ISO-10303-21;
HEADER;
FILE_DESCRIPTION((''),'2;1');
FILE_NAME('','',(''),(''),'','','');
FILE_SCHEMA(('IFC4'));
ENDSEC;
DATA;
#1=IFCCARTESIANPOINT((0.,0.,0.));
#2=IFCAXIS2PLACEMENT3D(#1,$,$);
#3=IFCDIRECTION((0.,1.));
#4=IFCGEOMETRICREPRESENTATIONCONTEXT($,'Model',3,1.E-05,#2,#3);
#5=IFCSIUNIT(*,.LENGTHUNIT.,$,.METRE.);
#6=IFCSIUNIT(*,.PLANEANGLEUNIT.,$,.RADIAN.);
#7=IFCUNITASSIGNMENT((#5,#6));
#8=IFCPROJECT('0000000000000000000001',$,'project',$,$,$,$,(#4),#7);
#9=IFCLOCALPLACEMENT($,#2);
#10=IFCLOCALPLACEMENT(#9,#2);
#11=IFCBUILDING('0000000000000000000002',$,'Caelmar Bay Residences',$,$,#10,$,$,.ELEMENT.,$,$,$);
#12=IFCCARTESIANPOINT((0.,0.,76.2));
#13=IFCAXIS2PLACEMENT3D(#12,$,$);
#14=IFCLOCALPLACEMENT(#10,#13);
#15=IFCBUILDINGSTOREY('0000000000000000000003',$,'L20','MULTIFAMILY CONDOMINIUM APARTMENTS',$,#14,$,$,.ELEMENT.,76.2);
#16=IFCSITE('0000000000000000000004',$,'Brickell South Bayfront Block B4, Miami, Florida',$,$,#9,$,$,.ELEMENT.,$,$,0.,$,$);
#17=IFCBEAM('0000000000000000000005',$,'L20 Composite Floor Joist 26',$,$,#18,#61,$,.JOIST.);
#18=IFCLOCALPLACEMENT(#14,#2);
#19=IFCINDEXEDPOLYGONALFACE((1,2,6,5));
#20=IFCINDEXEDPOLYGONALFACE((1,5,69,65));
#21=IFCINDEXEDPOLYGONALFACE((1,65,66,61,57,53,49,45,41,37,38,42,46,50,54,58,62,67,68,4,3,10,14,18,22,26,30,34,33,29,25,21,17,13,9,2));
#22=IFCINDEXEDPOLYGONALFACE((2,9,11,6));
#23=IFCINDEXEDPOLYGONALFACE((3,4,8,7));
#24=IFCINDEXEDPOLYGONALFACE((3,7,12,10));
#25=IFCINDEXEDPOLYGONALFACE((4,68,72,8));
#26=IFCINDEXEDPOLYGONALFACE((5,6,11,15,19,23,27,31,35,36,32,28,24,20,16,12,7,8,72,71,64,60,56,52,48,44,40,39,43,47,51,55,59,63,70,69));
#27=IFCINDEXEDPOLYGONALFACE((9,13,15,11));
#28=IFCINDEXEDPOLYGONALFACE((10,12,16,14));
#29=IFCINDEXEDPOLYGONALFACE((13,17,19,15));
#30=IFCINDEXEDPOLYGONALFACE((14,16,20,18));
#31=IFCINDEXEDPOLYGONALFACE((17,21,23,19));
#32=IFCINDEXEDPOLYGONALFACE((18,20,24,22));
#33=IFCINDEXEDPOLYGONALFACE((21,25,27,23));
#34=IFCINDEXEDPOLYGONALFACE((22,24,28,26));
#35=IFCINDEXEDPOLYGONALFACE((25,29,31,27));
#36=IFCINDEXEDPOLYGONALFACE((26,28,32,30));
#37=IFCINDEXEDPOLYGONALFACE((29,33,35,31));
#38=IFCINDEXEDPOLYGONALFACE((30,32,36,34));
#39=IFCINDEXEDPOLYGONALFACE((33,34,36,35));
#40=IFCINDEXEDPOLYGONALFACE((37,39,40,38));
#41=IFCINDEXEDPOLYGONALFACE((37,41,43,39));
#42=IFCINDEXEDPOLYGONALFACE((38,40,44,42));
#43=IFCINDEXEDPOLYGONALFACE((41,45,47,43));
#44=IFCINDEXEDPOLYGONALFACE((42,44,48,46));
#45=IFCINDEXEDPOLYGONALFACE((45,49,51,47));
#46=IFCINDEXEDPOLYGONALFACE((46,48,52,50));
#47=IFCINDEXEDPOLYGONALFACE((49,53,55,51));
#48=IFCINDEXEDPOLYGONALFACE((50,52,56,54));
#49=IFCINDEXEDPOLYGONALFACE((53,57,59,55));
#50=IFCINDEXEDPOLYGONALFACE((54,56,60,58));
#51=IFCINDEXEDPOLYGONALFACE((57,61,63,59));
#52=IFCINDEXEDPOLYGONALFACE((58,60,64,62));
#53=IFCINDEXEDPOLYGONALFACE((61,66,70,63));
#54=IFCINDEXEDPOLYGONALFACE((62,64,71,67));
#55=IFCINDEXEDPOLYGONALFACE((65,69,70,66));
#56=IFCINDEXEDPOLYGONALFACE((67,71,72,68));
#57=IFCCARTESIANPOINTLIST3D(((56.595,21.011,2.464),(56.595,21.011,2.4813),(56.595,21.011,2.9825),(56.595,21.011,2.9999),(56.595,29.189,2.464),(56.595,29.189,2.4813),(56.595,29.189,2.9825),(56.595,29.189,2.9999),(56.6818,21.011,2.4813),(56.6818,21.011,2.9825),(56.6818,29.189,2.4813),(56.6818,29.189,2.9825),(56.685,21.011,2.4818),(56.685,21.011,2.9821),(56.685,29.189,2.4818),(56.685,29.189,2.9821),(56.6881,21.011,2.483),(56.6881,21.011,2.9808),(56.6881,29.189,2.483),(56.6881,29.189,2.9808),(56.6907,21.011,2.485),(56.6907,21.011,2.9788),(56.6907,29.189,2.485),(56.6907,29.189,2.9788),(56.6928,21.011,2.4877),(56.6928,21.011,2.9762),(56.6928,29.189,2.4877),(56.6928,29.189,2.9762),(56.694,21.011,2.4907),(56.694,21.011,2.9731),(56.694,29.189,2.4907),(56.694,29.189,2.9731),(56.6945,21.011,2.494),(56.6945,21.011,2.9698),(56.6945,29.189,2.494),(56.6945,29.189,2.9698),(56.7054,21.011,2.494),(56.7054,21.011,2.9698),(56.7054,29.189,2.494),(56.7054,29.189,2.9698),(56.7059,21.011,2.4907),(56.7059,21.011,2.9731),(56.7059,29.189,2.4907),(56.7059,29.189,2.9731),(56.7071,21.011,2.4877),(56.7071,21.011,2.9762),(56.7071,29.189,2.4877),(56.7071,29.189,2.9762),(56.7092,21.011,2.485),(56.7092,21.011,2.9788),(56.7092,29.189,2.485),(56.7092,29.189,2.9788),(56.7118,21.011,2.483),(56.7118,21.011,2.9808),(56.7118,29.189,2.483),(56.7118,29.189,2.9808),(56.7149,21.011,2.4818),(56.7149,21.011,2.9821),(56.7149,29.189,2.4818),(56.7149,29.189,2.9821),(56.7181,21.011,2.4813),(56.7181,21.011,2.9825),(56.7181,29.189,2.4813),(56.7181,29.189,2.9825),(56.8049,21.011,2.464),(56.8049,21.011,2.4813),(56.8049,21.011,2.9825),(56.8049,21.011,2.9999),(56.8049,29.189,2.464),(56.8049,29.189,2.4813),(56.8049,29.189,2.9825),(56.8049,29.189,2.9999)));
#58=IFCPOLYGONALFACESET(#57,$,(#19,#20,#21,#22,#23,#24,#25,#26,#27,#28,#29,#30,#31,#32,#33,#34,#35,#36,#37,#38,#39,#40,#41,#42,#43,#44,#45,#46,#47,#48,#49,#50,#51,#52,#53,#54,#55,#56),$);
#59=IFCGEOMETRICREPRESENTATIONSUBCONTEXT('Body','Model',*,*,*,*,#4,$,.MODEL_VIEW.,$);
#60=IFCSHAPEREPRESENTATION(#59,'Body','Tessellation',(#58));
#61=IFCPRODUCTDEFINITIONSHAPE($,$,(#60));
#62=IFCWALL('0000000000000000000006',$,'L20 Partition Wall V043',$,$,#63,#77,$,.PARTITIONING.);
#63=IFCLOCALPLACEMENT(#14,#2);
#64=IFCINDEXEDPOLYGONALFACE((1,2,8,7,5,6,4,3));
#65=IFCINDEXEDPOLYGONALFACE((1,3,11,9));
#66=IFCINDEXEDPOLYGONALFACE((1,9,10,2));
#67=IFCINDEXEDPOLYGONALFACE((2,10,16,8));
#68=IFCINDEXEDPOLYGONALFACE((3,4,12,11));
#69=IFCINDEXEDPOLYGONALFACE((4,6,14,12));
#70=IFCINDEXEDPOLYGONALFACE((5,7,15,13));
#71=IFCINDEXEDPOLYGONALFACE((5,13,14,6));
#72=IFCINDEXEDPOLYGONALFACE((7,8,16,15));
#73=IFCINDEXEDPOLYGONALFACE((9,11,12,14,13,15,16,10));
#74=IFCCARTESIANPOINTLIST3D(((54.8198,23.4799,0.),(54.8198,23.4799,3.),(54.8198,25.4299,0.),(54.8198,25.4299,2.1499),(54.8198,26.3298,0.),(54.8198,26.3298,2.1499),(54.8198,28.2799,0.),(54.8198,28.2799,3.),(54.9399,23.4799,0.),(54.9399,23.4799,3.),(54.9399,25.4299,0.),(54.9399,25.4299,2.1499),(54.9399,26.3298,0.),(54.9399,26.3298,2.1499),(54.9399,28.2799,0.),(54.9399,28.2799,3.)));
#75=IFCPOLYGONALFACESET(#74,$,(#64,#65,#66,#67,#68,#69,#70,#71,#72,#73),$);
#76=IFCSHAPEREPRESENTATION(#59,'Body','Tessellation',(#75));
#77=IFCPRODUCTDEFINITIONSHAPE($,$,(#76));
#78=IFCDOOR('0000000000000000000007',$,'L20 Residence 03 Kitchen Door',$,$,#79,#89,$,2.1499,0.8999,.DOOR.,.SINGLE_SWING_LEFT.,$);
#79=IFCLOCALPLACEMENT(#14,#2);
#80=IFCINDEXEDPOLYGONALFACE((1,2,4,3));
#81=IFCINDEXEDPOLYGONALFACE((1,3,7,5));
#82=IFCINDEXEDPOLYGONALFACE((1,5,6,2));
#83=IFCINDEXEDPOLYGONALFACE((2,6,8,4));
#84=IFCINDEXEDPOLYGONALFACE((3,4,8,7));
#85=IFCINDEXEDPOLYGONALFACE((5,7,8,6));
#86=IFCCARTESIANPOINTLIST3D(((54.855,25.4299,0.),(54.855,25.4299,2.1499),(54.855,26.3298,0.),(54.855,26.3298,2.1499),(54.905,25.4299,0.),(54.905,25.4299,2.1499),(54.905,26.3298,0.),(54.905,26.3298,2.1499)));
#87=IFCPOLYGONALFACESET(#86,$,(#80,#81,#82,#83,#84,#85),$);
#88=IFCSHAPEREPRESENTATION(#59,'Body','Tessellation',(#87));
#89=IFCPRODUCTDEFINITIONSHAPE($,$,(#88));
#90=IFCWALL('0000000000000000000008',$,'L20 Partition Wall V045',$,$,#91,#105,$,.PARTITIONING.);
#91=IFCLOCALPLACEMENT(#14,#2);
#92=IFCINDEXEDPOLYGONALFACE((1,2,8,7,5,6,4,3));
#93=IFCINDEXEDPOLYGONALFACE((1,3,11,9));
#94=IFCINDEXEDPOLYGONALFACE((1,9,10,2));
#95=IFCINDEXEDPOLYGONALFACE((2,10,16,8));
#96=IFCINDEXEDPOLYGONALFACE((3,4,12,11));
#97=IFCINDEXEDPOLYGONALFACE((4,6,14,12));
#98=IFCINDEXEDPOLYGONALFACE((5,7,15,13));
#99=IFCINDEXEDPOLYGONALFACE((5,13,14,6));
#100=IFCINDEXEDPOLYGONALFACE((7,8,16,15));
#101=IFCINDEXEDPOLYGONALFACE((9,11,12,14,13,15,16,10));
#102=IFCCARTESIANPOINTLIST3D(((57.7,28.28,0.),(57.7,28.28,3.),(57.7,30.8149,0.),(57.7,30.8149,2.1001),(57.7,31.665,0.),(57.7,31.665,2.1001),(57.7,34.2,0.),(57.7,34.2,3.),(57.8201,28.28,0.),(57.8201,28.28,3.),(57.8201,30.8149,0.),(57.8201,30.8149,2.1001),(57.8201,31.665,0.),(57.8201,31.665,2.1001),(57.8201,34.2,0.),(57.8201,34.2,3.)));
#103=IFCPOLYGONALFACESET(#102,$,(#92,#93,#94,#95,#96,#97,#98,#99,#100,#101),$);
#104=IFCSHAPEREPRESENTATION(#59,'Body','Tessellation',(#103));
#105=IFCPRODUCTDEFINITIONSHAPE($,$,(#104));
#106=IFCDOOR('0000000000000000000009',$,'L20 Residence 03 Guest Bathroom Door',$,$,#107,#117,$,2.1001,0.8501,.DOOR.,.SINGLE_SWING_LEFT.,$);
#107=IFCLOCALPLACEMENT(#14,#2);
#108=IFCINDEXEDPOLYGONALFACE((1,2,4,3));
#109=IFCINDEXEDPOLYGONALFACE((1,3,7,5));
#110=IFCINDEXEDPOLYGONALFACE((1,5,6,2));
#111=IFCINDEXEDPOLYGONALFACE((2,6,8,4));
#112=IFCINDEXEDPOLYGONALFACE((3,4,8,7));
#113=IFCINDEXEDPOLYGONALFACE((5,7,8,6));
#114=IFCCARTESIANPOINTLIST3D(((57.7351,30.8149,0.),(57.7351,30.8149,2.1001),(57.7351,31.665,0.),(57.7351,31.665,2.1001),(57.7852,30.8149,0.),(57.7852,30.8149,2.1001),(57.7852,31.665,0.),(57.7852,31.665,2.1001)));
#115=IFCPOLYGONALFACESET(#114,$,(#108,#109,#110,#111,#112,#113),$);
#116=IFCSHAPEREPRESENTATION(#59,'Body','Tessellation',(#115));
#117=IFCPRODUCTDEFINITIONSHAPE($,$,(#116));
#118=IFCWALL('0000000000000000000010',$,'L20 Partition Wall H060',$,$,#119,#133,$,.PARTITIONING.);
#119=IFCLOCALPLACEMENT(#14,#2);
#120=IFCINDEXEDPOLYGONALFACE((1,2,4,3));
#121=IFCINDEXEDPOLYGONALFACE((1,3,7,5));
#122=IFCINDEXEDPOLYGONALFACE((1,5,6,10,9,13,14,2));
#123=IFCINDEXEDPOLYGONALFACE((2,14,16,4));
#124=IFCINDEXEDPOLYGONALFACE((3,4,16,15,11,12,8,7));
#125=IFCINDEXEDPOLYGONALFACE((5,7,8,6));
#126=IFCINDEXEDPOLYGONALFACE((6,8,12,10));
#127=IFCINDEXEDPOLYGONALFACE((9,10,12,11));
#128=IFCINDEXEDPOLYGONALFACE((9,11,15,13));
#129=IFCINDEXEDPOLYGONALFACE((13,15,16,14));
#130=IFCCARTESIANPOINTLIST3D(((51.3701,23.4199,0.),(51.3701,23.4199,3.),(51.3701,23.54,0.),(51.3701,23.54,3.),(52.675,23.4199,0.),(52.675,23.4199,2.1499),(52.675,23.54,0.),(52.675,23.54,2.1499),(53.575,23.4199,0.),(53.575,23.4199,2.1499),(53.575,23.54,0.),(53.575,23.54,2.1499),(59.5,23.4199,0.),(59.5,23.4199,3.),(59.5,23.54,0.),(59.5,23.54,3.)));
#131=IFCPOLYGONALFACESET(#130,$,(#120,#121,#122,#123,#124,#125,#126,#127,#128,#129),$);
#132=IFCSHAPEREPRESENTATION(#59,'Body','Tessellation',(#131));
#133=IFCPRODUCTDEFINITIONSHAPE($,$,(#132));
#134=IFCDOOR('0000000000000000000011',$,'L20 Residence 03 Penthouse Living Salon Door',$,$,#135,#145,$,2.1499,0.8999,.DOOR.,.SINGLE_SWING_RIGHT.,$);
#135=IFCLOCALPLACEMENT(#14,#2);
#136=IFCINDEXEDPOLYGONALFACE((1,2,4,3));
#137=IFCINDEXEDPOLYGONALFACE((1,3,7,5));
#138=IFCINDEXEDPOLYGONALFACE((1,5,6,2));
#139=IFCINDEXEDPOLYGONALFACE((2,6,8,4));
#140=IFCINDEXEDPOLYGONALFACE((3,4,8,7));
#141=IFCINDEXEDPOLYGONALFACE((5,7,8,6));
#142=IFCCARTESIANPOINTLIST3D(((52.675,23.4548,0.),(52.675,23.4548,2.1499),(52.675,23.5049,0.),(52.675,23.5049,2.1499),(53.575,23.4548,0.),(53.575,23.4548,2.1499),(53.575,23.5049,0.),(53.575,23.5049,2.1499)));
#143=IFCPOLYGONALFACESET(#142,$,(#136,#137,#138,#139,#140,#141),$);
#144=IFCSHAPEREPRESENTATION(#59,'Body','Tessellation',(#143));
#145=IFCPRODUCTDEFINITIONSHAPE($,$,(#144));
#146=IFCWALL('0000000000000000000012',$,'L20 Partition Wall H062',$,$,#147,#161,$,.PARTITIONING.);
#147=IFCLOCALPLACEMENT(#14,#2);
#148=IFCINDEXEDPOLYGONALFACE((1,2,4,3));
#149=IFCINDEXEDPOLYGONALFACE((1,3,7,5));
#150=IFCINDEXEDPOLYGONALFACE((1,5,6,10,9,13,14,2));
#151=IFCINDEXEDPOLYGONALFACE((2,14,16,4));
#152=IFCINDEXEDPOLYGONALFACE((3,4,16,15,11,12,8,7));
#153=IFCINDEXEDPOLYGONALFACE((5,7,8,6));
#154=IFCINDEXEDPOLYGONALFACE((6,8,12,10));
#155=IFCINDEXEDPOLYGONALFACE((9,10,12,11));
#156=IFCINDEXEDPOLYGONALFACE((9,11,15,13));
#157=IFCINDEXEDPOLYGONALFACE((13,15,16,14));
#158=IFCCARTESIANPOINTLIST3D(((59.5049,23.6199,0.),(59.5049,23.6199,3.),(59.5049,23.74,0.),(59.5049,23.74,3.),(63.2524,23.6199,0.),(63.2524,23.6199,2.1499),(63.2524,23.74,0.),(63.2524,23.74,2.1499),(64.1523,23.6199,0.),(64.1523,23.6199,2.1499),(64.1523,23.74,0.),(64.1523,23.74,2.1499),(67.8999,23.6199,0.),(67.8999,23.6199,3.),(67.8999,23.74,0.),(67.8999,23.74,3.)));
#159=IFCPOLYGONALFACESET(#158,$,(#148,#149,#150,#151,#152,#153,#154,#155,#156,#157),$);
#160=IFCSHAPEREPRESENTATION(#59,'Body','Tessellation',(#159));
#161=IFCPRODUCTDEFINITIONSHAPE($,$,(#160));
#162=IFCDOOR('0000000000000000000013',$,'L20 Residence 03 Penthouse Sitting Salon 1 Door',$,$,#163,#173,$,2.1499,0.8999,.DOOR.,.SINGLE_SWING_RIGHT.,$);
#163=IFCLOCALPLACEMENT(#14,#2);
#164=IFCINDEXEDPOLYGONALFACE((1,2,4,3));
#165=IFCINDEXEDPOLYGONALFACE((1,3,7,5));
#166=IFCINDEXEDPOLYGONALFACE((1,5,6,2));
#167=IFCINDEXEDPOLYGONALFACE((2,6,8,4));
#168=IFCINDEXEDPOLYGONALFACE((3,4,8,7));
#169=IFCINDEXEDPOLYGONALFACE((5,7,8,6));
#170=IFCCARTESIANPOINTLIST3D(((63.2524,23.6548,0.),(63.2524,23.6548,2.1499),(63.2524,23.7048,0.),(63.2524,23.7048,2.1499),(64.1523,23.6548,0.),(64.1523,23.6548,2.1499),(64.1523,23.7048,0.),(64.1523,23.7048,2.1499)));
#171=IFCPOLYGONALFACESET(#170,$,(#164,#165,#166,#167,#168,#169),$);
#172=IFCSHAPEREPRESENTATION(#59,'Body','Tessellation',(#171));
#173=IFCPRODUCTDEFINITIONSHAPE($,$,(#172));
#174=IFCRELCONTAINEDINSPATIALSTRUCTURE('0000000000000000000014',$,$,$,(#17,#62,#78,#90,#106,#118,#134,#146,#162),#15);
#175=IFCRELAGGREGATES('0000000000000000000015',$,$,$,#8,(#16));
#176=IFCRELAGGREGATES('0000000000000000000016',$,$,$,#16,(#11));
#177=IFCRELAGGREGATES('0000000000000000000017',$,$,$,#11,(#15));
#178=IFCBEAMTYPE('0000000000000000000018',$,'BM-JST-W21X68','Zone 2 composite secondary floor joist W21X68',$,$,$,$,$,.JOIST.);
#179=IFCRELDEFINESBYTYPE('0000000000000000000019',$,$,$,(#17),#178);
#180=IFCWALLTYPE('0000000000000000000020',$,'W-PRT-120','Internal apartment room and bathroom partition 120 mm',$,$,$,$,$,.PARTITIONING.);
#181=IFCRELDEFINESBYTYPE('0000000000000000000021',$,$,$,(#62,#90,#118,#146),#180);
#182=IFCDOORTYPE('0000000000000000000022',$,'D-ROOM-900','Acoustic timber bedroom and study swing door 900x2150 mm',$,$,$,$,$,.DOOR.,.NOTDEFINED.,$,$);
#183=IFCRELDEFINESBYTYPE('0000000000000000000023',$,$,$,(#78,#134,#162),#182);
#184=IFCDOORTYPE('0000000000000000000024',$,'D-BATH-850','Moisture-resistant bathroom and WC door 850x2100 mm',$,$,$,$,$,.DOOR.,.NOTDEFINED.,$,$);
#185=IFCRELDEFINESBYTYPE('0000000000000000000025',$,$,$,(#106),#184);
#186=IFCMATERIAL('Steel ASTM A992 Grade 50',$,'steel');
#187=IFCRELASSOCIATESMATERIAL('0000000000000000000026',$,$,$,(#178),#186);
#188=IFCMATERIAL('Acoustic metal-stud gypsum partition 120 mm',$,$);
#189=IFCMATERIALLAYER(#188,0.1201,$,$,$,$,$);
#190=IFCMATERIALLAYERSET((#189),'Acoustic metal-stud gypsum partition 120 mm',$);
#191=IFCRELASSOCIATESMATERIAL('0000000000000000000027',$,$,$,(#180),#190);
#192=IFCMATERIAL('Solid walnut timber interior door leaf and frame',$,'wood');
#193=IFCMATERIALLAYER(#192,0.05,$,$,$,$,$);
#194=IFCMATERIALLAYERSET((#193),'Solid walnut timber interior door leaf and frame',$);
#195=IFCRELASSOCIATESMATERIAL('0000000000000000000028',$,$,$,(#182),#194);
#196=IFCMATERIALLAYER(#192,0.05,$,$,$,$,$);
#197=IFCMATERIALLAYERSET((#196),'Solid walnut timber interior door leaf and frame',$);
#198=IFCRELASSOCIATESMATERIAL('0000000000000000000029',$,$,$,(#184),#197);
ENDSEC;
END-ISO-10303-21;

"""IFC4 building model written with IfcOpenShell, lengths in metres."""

from ifc_helpers import new_model, si_unit, direction, frame, frame_2d, origin, origin_2d, place, context, subcontext, project, spatial, rectangle, i_section, extrude, material, layer, layer_set, material_profile, profile_set, type_object, element, fill, save


model = new_model("IFC4")

# Units and contexts
model_context = context("Model", 3, precision=1e-05, world=origin(), true_north=direction((0.0, 1.0)))
body_context = subcontext(model_context, "Body", "Model", "MODEL_VIEW")
ifc_project = project(units=[si_unit("LENGTHUNIT", "METRE"), si_unit("PLANEANGLEUNIT", "RADIAN")], contexts=[model_context])

# Site, building, storey
site_placement = place(None, origin())
site = spatial("IfcSite", under=ifc_project, at=site_placement, Name="Brickell South Bayfront Block B4, Miami, Florida", CompositionType="ELEMENT", RefElevation=0.0)
building_placement = place(site_placement, origin())
building = spatial("IfcBuilding", under=site, at=building_placement, Name="Caelmar Bay Residences", CompositionType="ELEMENT")
storey_placement = place(building_placement, frame((0.0, 0.0, 76.2)))
storey = spatial("IfcBuildingStorey", under=building, at=storey_placement, Name="L20", Description="MULTIFAMILY CONDOMINIUM APARTMENTS", CompositionType="ELEMENT", Elevation=76.2)

# Beam
ifc_material_1 = material(Name="Steel ASTM A992 Grade 50", Category="steel")
ifc_material_profile_1 = material_profile(ifc_material_1, i_section(OverallWidth=0.21, OverallDepth=0.5359, WebThickness=0.011, FlangeThickness=0.0173, FilletRadius=0.0127, at=origin_2d()), Name="W21X68")
ifc_profile_set_1 = profile_set([ifc_material_profile_1], Name="Steel ASTM A992 Grade 50")
beam_type_1 = type_object("IfcBeamType", Name="BM-JST-W21X68", Description="Zone 2 composite secondary floor joist W21X68", PredefinedType="JOIST", material=ifc_profile_set_1)
beam_1_placement = place(storey_placement, frame((56.7, 21.011, 2.7319), z_axis=(0.0, 1.0, 0.0), x_axis=(-1.0, 0.0, 0.0)))
element("IfcBeam", 1, at=beam_1_placement, inside=storey, type_object=beam_type_1, Name="L20 Composite Floor Joist 26", PredefinedType="JOIST", context=body_context, shape_type="SweptSolid", body=[
    extrude(i_section(OverallWidth=0.21, OverallDepth=0.5359, WebThickness=0.011, FlangeThickness=0.0173, FilletRadius=0.0127, at=origin_2d()), origin(), (0.0, 0.0, 1.0), 8.178),
])

# Walls, openings, doors
ifc_material_2 = material(Name="Acoustic metal-stud gypsum partition 120 mm")
ifc_layer_1 = layer(ifc_material_2, 0.1201)
ifc_layer_set_1 = layer_set([ifc_layer_1], Name="Acoustic metal-stud gypsum partition 120 mm")
wall_type_1 = type_object("IfcWallType", Name="W-PRT-120", Description="Internal apartment room and bathroom partition 120 mm", PredefinedType="PARTITIONING", material=ifc_layer_set_1)
wall_1_placement = place(storey_placement, frame((54.8799, 23.48, 0.0), z_axis=(0.0, 0.0, 1.0), x_axis=(0.0, 1.0, 0.0)))
wall_1 = element("IfcWall", 2, at=wall_1_placement, inside=storey, type_object=wall_type_1, Name="L20 Partition Wall V043", PredefinedType="PARTITIONING", context=body_context, shape_type="SweptSolid", body=[
    extrude(rectangle(XDim=4.8, YDim=0.1201, at=frame_2d((2.3999, 0.0))), origin(), (0.0, 0.0, 1.0), 3.0),
])
opening_1_placement = place(wall_1_placement, frame((1.95, 0.0, 0.0)))
opening_1 = element("IfcOpeningElement", 3, at=opening_1_placement, cuts=wall_1, PredefinedType="OPENING", context=body_context, shape_type="SweptSolid", body=[
    extrude(rectangle(XDim=0.8999, YDim=2.1499, at=frame_2d((0.45, 1.075))), frame((0.0, 0.0701, 0.0), z_axis=(0.0, -1.0, 0.0), x_axis=(1.0, 0.0, 0.0)), (0.0, 0.0, 1.0), 0.1401),
])
ifc_material_3 = material(Name="Solid walnut timber interior door leaf and frame", Category="wood")
ifc_layer_2 = layer(ifc_material_3, 0.05)
ifc_layer_set_2 = layer_set([ifc_layer_2], Name="Solid walnut timber interior door leaf and frame")
door_type_1 = type_object("IfcDoorType", Name="D-ROOM-900", Description="Acoustic timber bedroom and study swing door 900x2150 mm", OperationType="NOTDEFINED", PredefinedType="DOOR", material=ifc_layer_set_2)
door_1_placement = place(opening_1_placement, origin())
door_1 = element("IfcDoor", 4, at=door_1_placement, inside=storey, type_object=door_type_1, Name="L20 Residence 03 Kitchen Door", OperationType="SINGLE_SWING_LEFT", OverallHeight=2.1499, OverallWidth=0.8999, PredefinedType="DOOR", context=body_context, shape_type="SweptSolid", body=[
    extrude(rectangle(XDim=0.8999, YDim=2.1499, at=frame_2d((0.45, 1.075))), frame((0.0, 0.0249, 0.0), z_axis=(0.0, -1.0, 0.0), x_axis=(1.0, 0.0, 0.0)), (0.0, 0.0, 1.0), 0.05),
])
fill(opening_1, door_1)
wall_2_placement = place(storey_placement, frame((57.76, 28.28, 0.0), z_axis=(0.0, 0.0, 1.0), x_axis=(0.0, 1.0, 0.0)))
wall_2 = element("IfcWall", 5, at=wall_2_placement, inside=storey, type_object=wall_type_1, Name="L20 Partition Wall V045", PredefinedType="PARTITIONING", context=body_context, shape_type="SweptSolid", body=[
    extrude(rectangle(XDim=5.9199, YDim=0.1201, at=frame_2d((2.96, 0.0))), origin(), (0.0, 0.0, 1.0), 3.0),
])
opening_2_placement = place(wall_2_placement, frame((2.5349, 0.0, 0.0)))
opening_2 = element("IfcOpeningElement", 6, at=opening_2_placement, cuts=wall_2, PredefinedType="OPENING", context=body_context, shape_type="SweptSolid", body=[
    extrude(rectangle(XDim=0.8501, YDim=2.1001, at=frame_2d((0.425, 1.05))), frame((0.0, 0.0701, 0.0), z_axis=(0.0, -1.0, 0.0), x_axis=(1.0, 0.0, 0.0)), (0.0, 0.0, 1.0), 0.1401),
])
ifc_layer_3 = layer(ifc_material_3, 0.05)
ifc_layer_set_3 = layer_set([ifc_layer_3], Name="Solid walnut timber interior door leaf and frame")
door_type_2 = type_object("IfcDoorType", Name="D-BATH-850", Description="Moisture-resistant bathroom and WC door 850x2100 mm", OperationType="NOTDEFINED", PredefinedType="DOOR", material=ifc_layer_set_3)
door_2_placement = place(opening_2_placement, origin())
door_2 = element("IfcDoor", 7, at=door_2_placement, inside=storey, type_object=door_type_2, Name="L20 Residence 03 Guest Bathroom Door", OperationType="SINGLE_SWING_LEFT", OverallHeight=2.1001, OverallWidth=0.8501, PredefinedType="DOOR", context=body_context, shape_type="SweptSolid", body=[
    extrude(rectangle(XDim=0.8501, YDim=2.1001, at=frame_2d((0.425, 1.05))), frame((0.0, 0.0249, 0.0), z_axis=(0.0, -1.0, 0.0), x_axis=(1.0, 0.0, 0.0)), (0.0, 0.0, 1.0), 0.05),
])
fill(opening_2, door_2)
wall_3_placement = place(storey_placement, frame((51.3701, 23.48, 0.0), z_axis=(0.0, 0.0, 1.0), x_axis=(1.0, 0.0, 0.0)))
wall_3 = element("IfcWall", 8, at=wall_3_placement, inside=storey, type_object=wall_type_1, Name="L20 Partition Wall H060", PredefinedType="PARTITIONING", context=body_context, shape_type="SweptSolid", body=[
    extrude(rectangle(XDim=8.1299, YDim=0.1201, at=frame_2d((4.0649, 0.0))), origin(), (0.0, 0.0, 1.0), 3.0),
])
opening_3_placement = place(wall_3_placement, frame((1.3049, 0.0, 0.0)))
opening_3 = element("IfcOpeningElement", 9, at=opening_3_placement, cuts=wall_3, PredefinedType="OPENING", context=body_context, shape_type="SweptSolid", body=[
    extrude(rectangle(XDim=0.8999, YDim=2.1499, at=frame_2d((0.45, 1.075))), frame((0.0, 0.0701, 0.0), z_axis=(0.0, -1.0, 0.0), x_axis=(1.0, 0.0, 0.0)), (0.0, 0.0, 1.0), 0.1401),
])
door_3_placement = place(opening_3_placement, origin())
door_3 = element("IfcDoor", 10, at=door_3_placement, inside=storey, type_object=door_type_1, Name="L20 Residence 03 Penthouse Living Salon Door", OperationType="SINGLE_SWING_RIGHT", OverallHeight=2.1499, OverallWidth=0.8999, PredefinedType="DOOR", context=body_context, shape_type="SweptSolid", body=[
    extrude(rectangle(XDim=0.8999, YDim=2.1499, at=frame_2d((0.45, 1.075))), frame((0.0, 0.0249, 0.0), z_axis=(0.0, -1.0, 0.0), x_axis=(1.0, 0.0, 0.0)), (0.0, 0.0, 1.0), 0.05),
])
fill(opening_3, door_3)
wall_4_placement = place(storey_placement, frame((59.5049, 23.6799, 0.0), z_axis=(0.0, 0.0, 1.0), x_axis=(1.0, 0.0, 0.0)))
wall_4 = element("IfcWall", 11, at=wall_4_placement, inside=storey, type_object=wall_type_1, Name="L20 Partition Wall H062", PredefinedType="PARTITIONING", context=body_context, shape_type="SweptSolid", body=[
    extrude(rectangle(XDim=8.395, YDim=0.1201, at=frame_2d((4.1975, 0.0))), origin(), (0.0, 0.0, 1.0), 3.0),
])
opening_4_placement = place(wall_4_placement, frame((3.7476, 0.0, 0.0)))
opening_4 = element("IfcOpeningElement", 12, at=opening_4_placement, cuts=wall_4, PredefinedType="OPENING", context=body_context, shape_type="SweptSolid", body=[
    extrude(rectangle(XDim=0.8999, YDim=2.1499, at=frame_2d((0.45, 1.075))), frame((0.0, 0.0701, 0.0), z_axis=(0.0, -1.0, 0.0), x_axis=(1.0, 0.0, 0.0)), (0.0, 0.0, 1.0), 0.1401),
])
door_4_placement = place(opening_4_placement, origin())
door_4 = element("IfcDoor", 13, at=door_4_placement, inside=storey, type_object=door_type_1, Name="L20 Residence 03 Penthouse Sitting Salon 1 Door", OperationType="SINGLE_SWING_RIGHT", OverallHeight=2.1499, OverallWidth=0.8999, PredefinedType="DOOR", context=body_context, shape_type="SweptSolid", body=[
    extrude(rectangle(XDim=0.8999, YDim=2.1499, at=frame_2d((0.45, 1.075))), frame((0.0, 0.0249, 0.0), z_axis=(0.0, -1.0, 0.0), x_axis=(1.0, 0.0, 0.0)), (0.0, 0.0, 1.0), 0.05),
])
fill(opening_4, door_4)

save(model, "model.ifc")
